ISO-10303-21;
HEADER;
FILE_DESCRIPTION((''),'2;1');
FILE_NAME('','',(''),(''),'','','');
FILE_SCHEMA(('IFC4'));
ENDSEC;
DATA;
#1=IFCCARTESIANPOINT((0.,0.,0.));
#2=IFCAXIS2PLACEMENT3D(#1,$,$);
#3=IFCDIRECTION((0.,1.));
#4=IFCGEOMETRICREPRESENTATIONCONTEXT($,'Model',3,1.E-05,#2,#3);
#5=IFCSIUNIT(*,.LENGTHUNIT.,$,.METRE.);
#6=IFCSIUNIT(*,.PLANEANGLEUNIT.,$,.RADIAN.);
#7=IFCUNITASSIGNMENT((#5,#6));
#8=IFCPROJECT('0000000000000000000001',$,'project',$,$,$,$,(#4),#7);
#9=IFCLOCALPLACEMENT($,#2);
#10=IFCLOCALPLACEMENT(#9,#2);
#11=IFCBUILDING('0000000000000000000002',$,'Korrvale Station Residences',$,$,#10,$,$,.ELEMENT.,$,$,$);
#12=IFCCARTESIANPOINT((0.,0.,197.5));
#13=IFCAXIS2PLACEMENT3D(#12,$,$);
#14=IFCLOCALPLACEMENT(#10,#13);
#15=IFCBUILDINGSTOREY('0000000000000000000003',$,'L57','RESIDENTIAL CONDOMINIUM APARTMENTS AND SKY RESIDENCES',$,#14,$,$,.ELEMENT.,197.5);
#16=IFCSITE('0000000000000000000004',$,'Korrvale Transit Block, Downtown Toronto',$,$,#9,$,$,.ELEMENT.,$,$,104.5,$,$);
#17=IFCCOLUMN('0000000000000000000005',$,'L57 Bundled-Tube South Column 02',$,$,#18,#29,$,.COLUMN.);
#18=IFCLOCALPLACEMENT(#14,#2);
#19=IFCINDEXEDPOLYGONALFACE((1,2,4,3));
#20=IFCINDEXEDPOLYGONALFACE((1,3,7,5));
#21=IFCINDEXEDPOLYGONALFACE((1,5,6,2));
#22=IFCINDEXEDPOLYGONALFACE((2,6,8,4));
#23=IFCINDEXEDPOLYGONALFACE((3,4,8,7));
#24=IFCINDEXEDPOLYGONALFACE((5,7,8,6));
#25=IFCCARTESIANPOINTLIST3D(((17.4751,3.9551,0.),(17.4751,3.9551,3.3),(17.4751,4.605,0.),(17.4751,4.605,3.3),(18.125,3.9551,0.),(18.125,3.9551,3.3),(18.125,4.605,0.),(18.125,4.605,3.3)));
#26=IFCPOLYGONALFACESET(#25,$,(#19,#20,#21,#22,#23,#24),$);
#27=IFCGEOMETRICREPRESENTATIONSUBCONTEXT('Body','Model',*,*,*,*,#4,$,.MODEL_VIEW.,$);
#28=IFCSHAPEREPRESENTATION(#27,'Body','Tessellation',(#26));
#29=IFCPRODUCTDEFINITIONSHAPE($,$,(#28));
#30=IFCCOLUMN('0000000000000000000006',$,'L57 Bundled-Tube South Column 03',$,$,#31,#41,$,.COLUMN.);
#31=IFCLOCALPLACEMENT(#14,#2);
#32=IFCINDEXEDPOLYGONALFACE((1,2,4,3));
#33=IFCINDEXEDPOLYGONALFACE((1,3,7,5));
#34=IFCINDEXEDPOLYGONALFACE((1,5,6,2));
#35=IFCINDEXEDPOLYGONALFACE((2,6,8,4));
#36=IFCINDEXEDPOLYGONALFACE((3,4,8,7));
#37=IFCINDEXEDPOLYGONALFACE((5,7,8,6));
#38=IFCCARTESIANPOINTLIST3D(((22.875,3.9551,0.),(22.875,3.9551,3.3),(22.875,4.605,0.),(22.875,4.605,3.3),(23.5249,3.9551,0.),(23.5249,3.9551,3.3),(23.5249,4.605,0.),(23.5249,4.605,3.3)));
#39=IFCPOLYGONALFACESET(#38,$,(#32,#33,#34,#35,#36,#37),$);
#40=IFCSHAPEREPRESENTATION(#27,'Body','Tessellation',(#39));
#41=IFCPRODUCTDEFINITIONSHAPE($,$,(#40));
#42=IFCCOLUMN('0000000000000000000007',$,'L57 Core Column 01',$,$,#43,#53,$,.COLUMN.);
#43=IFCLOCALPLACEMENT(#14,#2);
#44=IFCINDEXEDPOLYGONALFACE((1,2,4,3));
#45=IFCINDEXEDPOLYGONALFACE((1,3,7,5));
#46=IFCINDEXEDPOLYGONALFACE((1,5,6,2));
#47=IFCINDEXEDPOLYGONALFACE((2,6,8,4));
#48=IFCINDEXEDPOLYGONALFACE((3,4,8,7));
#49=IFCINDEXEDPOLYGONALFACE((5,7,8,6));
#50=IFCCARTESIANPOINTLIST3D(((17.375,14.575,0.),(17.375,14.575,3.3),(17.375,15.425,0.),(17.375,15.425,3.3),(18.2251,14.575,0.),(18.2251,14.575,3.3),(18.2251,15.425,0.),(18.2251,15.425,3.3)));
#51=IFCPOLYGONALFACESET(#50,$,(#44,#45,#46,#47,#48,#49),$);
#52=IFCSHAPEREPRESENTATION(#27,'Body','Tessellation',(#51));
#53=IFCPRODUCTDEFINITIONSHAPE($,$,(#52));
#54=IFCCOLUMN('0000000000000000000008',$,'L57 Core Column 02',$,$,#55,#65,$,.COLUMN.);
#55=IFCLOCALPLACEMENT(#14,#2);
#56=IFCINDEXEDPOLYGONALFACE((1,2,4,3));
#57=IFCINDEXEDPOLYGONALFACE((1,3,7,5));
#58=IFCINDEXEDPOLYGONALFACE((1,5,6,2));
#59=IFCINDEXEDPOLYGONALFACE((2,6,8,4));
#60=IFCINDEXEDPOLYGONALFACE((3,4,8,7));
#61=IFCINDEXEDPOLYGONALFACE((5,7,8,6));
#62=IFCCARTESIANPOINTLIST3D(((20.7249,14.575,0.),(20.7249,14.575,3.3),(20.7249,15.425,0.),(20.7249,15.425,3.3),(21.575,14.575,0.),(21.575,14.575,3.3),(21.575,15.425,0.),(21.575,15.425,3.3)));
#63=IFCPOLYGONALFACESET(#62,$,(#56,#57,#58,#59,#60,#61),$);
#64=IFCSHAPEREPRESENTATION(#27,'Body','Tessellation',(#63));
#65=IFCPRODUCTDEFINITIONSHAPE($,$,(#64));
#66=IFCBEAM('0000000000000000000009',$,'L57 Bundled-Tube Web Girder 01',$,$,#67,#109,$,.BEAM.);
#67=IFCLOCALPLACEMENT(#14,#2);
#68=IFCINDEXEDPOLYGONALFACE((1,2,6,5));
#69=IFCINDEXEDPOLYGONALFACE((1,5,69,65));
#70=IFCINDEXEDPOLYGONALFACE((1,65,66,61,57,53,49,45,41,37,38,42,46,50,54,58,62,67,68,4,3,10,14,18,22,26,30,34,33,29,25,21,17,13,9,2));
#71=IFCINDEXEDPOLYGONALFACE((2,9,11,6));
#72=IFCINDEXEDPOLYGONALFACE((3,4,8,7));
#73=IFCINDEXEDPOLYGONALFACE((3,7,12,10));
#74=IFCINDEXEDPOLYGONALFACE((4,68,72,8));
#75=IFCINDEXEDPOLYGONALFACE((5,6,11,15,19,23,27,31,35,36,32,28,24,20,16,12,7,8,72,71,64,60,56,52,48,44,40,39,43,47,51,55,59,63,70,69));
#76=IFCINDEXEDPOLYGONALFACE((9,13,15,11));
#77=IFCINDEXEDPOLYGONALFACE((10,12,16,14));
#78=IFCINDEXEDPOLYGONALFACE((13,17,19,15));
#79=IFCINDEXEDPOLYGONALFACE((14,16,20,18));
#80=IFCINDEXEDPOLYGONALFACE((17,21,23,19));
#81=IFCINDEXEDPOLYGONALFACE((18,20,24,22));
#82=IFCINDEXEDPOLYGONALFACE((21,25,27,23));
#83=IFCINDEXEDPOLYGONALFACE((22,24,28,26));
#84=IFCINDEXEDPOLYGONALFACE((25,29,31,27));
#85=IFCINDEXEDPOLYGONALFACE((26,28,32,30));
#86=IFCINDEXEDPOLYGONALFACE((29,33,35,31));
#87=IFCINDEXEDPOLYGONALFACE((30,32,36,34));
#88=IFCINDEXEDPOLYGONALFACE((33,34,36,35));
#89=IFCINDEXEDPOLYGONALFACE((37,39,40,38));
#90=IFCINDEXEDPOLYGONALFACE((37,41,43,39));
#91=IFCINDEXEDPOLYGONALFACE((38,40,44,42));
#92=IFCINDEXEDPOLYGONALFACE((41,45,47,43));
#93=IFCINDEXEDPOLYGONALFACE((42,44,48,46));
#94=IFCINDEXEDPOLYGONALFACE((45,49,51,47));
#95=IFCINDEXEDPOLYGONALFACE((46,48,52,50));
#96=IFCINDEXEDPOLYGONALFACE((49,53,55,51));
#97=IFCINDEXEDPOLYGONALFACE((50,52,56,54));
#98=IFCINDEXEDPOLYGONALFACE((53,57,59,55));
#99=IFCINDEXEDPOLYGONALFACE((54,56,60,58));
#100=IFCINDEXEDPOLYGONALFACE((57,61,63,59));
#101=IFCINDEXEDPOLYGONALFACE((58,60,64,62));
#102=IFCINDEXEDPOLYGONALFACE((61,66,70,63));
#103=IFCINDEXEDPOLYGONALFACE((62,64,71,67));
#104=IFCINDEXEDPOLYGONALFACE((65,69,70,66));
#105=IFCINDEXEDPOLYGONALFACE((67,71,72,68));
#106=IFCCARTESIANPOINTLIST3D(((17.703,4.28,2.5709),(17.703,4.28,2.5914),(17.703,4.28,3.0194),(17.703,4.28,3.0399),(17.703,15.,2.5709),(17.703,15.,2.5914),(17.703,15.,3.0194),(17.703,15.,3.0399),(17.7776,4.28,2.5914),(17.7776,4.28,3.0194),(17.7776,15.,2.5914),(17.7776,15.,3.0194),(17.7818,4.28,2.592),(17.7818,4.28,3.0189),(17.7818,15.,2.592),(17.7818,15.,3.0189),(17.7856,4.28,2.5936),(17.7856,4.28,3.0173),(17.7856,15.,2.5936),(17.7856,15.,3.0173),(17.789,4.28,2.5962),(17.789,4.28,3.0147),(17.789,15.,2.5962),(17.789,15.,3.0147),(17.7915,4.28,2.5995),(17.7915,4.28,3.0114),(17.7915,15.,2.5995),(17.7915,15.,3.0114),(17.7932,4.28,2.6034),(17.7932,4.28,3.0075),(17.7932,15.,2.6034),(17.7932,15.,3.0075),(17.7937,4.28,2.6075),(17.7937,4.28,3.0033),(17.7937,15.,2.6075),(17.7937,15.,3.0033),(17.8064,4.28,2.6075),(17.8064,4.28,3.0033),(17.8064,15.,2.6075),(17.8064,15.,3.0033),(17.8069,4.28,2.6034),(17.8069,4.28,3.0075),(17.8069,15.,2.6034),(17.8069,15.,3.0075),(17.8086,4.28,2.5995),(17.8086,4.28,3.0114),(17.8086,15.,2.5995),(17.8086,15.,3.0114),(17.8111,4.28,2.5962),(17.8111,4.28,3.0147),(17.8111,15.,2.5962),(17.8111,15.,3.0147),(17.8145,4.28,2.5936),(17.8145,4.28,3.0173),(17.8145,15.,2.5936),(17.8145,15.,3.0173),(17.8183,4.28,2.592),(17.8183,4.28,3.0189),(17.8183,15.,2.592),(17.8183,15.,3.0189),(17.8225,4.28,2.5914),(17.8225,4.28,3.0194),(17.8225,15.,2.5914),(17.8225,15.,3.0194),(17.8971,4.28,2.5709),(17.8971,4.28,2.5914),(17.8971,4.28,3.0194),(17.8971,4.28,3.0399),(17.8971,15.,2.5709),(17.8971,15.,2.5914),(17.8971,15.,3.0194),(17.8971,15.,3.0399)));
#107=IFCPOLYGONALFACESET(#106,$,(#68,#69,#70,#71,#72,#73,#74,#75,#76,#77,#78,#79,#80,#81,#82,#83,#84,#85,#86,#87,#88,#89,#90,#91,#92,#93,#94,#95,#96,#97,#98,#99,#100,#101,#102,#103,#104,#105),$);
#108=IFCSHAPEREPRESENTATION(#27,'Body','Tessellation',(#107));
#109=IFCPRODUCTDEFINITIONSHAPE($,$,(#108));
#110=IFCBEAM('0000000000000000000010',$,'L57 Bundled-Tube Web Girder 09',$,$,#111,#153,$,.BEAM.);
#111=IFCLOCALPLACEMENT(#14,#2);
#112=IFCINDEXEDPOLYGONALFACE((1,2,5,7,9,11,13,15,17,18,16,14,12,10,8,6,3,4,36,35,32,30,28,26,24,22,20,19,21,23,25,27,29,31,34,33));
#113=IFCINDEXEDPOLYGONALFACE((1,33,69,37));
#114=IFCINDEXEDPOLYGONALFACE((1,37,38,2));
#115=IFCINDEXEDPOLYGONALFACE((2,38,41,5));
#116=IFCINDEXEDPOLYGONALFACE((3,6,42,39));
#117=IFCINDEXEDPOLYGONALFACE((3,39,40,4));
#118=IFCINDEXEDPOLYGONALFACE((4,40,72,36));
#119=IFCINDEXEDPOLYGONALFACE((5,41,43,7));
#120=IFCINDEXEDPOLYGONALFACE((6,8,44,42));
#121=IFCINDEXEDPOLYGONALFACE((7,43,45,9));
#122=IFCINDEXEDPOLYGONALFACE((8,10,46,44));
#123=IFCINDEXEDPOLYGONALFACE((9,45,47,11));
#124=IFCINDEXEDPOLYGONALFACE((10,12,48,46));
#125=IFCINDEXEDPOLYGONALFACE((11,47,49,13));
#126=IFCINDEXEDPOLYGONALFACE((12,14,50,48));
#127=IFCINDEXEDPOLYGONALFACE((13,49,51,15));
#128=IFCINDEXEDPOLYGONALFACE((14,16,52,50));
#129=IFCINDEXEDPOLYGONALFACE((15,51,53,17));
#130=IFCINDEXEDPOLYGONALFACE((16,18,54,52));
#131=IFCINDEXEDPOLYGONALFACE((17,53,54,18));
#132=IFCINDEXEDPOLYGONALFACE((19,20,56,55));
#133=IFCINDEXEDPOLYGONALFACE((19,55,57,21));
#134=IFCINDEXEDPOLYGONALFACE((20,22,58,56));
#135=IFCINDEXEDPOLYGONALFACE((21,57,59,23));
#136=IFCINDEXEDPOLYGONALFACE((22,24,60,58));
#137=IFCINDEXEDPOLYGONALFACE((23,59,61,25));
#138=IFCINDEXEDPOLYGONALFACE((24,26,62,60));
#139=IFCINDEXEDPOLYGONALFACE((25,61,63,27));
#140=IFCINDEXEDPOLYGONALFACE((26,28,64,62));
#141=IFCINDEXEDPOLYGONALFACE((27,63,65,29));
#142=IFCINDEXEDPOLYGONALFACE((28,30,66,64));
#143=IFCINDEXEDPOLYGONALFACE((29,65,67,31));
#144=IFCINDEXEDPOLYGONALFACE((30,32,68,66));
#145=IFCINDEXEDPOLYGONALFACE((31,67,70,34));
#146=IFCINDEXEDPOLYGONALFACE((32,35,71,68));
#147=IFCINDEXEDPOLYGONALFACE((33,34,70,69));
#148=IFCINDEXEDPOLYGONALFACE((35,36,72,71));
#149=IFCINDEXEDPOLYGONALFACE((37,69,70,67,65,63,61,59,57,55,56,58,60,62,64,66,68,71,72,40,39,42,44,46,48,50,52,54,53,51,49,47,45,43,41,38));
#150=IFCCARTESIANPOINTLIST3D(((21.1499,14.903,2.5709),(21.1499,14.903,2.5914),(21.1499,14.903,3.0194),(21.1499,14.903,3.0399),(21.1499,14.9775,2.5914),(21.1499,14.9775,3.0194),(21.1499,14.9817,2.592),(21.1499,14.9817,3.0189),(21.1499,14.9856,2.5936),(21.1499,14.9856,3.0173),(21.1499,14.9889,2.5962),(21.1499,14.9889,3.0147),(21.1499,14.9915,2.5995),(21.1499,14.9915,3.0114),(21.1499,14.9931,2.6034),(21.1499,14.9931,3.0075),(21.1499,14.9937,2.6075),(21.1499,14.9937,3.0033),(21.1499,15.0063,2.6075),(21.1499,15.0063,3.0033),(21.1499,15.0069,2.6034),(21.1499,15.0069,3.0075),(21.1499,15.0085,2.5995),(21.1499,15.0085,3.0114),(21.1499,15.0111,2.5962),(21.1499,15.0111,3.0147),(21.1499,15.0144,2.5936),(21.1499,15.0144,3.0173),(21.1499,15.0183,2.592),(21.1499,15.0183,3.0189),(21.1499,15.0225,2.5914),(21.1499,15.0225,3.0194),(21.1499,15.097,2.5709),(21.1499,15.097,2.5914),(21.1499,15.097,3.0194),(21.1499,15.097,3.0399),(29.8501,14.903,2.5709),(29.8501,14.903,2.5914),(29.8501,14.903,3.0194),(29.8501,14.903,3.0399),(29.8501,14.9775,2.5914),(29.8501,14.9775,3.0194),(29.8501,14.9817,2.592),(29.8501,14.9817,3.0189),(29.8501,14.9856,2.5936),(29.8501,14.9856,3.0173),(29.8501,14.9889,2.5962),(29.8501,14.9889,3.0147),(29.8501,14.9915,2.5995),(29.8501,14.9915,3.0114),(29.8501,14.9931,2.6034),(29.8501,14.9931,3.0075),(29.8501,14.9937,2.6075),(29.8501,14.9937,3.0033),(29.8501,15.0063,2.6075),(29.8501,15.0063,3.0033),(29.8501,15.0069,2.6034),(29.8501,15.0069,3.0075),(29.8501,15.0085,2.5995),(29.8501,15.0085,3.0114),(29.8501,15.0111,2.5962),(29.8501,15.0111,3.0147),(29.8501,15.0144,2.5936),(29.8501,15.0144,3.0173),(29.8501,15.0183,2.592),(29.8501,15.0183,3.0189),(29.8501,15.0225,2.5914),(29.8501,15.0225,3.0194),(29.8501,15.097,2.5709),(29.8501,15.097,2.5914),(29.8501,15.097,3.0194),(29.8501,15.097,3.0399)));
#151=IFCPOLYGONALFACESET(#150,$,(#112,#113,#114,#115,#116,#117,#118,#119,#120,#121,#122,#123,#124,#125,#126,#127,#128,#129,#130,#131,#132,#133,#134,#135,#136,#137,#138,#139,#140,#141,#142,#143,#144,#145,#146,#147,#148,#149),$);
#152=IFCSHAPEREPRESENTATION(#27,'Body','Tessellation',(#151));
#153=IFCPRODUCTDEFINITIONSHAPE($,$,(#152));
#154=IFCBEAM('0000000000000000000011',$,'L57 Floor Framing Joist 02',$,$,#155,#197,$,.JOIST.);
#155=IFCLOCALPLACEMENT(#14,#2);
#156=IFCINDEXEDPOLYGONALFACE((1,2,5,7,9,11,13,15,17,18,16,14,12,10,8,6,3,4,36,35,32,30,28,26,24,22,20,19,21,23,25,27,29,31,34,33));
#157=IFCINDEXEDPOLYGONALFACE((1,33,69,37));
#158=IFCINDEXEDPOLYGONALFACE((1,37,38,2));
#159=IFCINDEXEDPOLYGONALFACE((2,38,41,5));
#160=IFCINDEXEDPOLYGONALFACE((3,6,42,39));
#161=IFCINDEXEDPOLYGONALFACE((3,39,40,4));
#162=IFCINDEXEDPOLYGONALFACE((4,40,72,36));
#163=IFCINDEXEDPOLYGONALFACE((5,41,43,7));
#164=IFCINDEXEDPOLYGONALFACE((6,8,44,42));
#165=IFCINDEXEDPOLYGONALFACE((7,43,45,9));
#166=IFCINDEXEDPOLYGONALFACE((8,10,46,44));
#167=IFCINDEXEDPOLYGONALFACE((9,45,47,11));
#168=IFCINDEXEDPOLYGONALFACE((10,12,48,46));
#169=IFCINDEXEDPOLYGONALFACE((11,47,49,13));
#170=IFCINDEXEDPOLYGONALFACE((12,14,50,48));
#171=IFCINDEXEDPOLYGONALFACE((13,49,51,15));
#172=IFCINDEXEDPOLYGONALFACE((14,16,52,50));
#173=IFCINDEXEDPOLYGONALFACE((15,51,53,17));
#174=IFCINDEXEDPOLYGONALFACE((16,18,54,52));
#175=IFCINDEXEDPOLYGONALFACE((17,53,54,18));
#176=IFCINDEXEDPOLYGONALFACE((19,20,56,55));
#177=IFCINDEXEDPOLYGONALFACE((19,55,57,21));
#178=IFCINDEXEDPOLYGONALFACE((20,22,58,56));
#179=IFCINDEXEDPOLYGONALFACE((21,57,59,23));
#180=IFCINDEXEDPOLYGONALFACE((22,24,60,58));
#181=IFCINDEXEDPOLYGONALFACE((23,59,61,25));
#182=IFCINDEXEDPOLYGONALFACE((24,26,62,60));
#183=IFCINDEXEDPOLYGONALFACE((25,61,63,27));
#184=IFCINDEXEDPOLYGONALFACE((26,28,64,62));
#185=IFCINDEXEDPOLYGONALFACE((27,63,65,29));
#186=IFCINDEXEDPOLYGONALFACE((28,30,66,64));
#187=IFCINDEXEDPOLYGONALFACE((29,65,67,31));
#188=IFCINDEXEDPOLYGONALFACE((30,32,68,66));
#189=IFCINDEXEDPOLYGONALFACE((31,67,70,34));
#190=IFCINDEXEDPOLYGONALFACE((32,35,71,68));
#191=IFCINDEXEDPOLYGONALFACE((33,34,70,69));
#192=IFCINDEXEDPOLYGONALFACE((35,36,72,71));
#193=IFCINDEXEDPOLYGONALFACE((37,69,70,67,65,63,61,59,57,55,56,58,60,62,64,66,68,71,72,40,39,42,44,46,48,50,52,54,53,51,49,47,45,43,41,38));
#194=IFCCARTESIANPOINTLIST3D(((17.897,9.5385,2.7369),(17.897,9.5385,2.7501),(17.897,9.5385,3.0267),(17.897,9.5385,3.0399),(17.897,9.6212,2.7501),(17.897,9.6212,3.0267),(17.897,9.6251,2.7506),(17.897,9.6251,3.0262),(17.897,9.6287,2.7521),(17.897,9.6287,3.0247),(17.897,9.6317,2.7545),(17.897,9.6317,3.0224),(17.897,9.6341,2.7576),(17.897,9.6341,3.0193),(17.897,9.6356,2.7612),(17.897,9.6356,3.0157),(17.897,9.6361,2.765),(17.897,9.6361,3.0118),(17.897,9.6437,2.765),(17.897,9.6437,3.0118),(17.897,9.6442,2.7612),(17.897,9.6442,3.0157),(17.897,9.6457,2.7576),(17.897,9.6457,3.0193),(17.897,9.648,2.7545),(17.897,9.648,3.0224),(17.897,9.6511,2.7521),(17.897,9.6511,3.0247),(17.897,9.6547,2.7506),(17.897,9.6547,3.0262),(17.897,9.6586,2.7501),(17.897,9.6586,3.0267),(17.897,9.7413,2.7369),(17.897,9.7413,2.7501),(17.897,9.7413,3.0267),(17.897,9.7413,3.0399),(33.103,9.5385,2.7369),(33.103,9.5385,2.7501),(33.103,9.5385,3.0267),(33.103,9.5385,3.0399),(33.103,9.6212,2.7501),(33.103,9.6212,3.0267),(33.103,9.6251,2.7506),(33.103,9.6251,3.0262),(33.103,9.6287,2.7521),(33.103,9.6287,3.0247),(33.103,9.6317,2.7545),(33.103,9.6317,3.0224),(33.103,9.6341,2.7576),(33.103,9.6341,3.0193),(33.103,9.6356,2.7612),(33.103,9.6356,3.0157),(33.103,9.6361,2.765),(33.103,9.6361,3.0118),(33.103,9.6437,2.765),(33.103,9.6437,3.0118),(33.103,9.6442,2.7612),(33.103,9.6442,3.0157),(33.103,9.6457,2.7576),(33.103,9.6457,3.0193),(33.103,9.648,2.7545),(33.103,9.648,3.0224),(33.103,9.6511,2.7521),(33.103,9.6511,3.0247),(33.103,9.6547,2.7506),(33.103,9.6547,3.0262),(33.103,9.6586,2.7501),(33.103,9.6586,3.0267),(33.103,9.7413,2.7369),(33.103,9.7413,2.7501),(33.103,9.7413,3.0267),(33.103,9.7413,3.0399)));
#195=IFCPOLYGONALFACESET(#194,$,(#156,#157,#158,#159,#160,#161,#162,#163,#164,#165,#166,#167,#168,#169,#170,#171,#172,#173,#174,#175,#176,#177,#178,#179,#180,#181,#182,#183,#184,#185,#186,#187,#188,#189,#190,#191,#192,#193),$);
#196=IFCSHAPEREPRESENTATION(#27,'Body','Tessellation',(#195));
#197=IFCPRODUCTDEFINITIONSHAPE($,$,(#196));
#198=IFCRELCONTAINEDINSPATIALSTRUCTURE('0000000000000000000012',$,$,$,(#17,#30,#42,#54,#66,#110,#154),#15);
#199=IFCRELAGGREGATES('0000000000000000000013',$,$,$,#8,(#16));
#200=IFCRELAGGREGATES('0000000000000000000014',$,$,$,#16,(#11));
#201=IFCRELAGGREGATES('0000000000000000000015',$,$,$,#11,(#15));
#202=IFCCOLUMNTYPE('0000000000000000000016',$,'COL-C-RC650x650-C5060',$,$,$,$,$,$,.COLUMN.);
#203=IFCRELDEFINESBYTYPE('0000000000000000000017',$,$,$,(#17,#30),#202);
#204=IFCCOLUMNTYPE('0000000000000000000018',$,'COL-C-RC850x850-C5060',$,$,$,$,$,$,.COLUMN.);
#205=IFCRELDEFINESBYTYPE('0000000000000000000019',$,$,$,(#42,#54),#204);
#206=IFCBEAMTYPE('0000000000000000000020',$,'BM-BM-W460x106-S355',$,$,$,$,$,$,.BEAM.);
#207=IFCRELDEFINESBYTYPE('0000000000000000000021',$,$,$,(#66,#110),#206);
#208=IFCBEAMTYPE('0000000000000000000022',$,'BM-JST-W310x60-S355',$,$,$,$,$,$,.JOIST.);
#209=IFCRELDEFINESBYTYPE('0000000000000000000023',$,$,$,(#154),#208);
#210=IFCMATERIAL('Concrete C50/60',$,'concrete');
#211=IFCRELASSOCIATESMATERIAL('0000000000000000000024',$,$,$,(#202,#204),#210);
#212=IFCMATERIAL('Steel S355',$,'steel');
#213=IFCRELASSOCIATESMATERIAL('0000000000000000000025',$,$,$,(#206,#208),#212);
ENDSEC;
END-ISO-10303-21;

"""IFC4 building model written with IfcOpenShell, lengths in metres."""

from ifc_helpers import new_model, si_unit, direction, frame, origin, origin_2d, place, context, subcontext, project, spatial, rectangle, i_section, extrude, material, material_profile, profile_set, type_object, element, save


model = new_model("IFC4")

# Units and contexts
model_context = context("Model", 3, precision=1e-05, world=origin(), true_north=direction((0.0, 1.0)))
body_context = subcontext(model_context, "Body", "Model", "MODEL_VIEW")
ifc_project = project(units=[si_unit("LENGTHUNIT", "METRE"), si_unit("PLANEANGLEUNIT", "RADIAN")], contexts=[model_context])

# Site, building, storey
site_placement = place(None, origin())
site = spatial("IfcSite", under=ifc_project, at=site_placement, Name="Korrvale Transit Block, Downtown Toronto", CompositionType="ELEMENT", RefElevation=104.5)
building_placement = place(site_placement, origin())
building = spatial("IfcBuilding", under=site, at=building_placement, Name="Korrvale Station Residences", CompositionType="ELEMENT")
storey_placement = place(building_placement, frame((0.0, 0.0, 197.5)))
storey = spatial("IfcBuildingStorey", under=building, at=storey_placement, Name="L57", Description="RESIDENTIAL CONDOMINIUM APARTMENTS AND SKY RESIDENCES", CompositionType="ELEMENT", Elevation=197.5)

# Columns
ifc_material_1 = material(Name="Concrete C50/60", Category="concrete")
ifc_material_profile_1 = material_profile(ifc_material_1, rectangle(XDim=0.6499, YDim=0.6499, at=origin_2d()), Name="RC650x650")
ifc_profile_set_1 = profile_set([ifc_material_profile_1], Name="Concrete C50/60")
column_type_1 = type_object("IfcColumnType", Name="COL-C-RC650x650-C5060", PredefinedType="COLUMN", material=ifc_profile_set_1)
for number, where, z_axis, x_axis, name in (
    (1, (17.8, 4.28, 0.0), (0.0, 0.0, 1.0), (1.0, 0.0, 0.0), "L57 Bundled-Tube South Column 02"),
    (2, (23.2, 4.28, 0.0), (0.0, 0.0, 1.0), (1.0, 0.0, 0.0), "L57 Bundled-Tube South Column 03"),
):
    element("IfcColumn", number, at=place(storey_placement, frame(where, z_axis=z_axis, x_axis=x_axis)), inside=storey, type_object=column_type_1, Name=name, PredefinedType="COLUMN", context=body_context, shape_type="SweptSolid", body=[
        extrude(rectangle(XDim=0.6499, YDim=0.6499, at=origin_2d()), origin(), (0.0, 0.0, 1.0), 3.3),
    ])
ifc_material_profile_2 = material_profile(ifc_material_1, rectangle(XDim=0.8501, YDim=0.8501, at=origin_2d()), Name="RC850x850")
ifc_profile_set_2 = profile_set([ifc_material_profile_2], Name="Concrete C50/60")
column_type_2 = type_object("IfcColumnType", Name="COL-C-RC850x850-C5060", PredefinedType="COLUMN", material=ifc_profile_set_2)
for number, where, z_axis, x_axis, name in (
    (3, (17.8, 15.0, 0.0), (0.0, 0.0, 1.0), (1.0, 0.0, 0.0), "L57 Core Column 01"),
    (4, (21.1499, 15.0, 0.0), (0.0, 0.0, 1.0), (1.0, 0.0, 0.0), "L57 Core Column 02"),
):
    element("IfcColumn", number, at=place(storey_placement, frame(where, z_axis=z_axis, x_axis=x_axis)), inside=storey, type_object=column_type_2, Name=name, PredefinedType="COLUMN", context=body_context, shape_type="SweptSolid", body=[
        extrude(rectangle(XDim=0.8501, YDim=0.8501, at=origin_2d()), origin(), (0.0, 0.0, 1.0), 3.3),
    ])

# Beams
ifc_material_2 = material(Name="Steel S355", Category="steel")
ifc_material_profile_3 = material_profile(ifc_material_2, i_section(OverallWidth=0.1941, OverallDepth=0.469, WebThickness=0.0127, FlangeThickness=0.0205, FilletRadius=0.0161, at=origin_2d()), Name="W460x106")
ifc_profile_set_3 = profile_set([ifc_material_profile_3], Name="Steel S355")
beam_type_1 = type_object("IfcBeamType", Name="BM-BM-W460x106-S355", PredefinedType="BEAM", material=ifc_profile_set_3)
beam_1_placement = place(storey_placement, frame((17.8, 4.28, 2.8054), z_axis=(0.0, 1.0, 0.0), x_axis=(-1.0, 0.0, 0.0)))
element("IfcBeam", 5, at=beam_1_placement, inside=storey, type_object=beam_type_1, Name="L57 Bundled-Tube Web Girder 01", PredefinedType="BEAM", context=body_context, shape_type="SweptSolid", body=[
    extrude(i_section(OverallWidth=0.1941, OverallDepth=0.469, WebThickness=0.0127, FlangeThickness=0.0205, FilletRadius=0.0161, at=origin_2d()), origin(), (0.0, 0.0, 1.0), 10.72),
])
beam_2_placement = place(storey_placement, frame((21.1499, 15.0, 2.8054), z_axis=(1.0, 0.0, 0.0), x_axis=(0.0, 1.0, 0.0)))
element("IfcBeam", 6, at=beam_2_placement, inside=storey, type_object=beam_type_1, Name="L57 Bundled-Tube Web Girder 09", PredefinedType="BEAM", context=body_context, shape_type="SweptSolid", body=[
    extrude(i_section(OverallWidth=0.1941, OverallDepth=0.469, WebThickness=0.0127, FlangeThickness=0.0205, FilletRadius=0.0161, at=origin_2d()), origin(), (0.0, 0.0, 1.0), 8.7002),
])
ifc_material_profile_4 = material_profile(ifc_material_2, i_section(OverallWidth=0.2029, OverallDepth=0.303, WebThickness=0.0076, FlangeThickness=0.0132, FilletRadius=0.0149, at=origin_2d()), Name="W310x60")
ifc_profile_set_4 = profile_set([ifc_material_profile_4], Name="Steel S355")
beam_type_2 = type_object("IfcBeamType", Name="BM-JST-W310x60-S355", PredefinedType="JOIST", material=ifc_profile_set_4)
beam_3_placement = place(storey_placement, frame((17.897, 9.6399, 2.8884), z_axis=(1.0, 0.0, 0.0), x_axis=(0.0, 1.0, 0.0)))
element("IfcBeam", 7, at=beam_3_placement, inside=storey, type_object=beam_type_2, Name="L57 Floor Framing Joist 02", PredefinedType="JOIST", context=body_context, shape_type="SweptSolid", body=[
    extrude(i_section(OverallWidth=0.2029, OverallDepth=0.303, WebThickness=0.0076, FlangeThickness=0.0132, FilletRadius=0.0149, at=origin_2d()), origin(), (0.0, 0.0, 1.0), 15.2061),
])

save(model, "model.ifc")
